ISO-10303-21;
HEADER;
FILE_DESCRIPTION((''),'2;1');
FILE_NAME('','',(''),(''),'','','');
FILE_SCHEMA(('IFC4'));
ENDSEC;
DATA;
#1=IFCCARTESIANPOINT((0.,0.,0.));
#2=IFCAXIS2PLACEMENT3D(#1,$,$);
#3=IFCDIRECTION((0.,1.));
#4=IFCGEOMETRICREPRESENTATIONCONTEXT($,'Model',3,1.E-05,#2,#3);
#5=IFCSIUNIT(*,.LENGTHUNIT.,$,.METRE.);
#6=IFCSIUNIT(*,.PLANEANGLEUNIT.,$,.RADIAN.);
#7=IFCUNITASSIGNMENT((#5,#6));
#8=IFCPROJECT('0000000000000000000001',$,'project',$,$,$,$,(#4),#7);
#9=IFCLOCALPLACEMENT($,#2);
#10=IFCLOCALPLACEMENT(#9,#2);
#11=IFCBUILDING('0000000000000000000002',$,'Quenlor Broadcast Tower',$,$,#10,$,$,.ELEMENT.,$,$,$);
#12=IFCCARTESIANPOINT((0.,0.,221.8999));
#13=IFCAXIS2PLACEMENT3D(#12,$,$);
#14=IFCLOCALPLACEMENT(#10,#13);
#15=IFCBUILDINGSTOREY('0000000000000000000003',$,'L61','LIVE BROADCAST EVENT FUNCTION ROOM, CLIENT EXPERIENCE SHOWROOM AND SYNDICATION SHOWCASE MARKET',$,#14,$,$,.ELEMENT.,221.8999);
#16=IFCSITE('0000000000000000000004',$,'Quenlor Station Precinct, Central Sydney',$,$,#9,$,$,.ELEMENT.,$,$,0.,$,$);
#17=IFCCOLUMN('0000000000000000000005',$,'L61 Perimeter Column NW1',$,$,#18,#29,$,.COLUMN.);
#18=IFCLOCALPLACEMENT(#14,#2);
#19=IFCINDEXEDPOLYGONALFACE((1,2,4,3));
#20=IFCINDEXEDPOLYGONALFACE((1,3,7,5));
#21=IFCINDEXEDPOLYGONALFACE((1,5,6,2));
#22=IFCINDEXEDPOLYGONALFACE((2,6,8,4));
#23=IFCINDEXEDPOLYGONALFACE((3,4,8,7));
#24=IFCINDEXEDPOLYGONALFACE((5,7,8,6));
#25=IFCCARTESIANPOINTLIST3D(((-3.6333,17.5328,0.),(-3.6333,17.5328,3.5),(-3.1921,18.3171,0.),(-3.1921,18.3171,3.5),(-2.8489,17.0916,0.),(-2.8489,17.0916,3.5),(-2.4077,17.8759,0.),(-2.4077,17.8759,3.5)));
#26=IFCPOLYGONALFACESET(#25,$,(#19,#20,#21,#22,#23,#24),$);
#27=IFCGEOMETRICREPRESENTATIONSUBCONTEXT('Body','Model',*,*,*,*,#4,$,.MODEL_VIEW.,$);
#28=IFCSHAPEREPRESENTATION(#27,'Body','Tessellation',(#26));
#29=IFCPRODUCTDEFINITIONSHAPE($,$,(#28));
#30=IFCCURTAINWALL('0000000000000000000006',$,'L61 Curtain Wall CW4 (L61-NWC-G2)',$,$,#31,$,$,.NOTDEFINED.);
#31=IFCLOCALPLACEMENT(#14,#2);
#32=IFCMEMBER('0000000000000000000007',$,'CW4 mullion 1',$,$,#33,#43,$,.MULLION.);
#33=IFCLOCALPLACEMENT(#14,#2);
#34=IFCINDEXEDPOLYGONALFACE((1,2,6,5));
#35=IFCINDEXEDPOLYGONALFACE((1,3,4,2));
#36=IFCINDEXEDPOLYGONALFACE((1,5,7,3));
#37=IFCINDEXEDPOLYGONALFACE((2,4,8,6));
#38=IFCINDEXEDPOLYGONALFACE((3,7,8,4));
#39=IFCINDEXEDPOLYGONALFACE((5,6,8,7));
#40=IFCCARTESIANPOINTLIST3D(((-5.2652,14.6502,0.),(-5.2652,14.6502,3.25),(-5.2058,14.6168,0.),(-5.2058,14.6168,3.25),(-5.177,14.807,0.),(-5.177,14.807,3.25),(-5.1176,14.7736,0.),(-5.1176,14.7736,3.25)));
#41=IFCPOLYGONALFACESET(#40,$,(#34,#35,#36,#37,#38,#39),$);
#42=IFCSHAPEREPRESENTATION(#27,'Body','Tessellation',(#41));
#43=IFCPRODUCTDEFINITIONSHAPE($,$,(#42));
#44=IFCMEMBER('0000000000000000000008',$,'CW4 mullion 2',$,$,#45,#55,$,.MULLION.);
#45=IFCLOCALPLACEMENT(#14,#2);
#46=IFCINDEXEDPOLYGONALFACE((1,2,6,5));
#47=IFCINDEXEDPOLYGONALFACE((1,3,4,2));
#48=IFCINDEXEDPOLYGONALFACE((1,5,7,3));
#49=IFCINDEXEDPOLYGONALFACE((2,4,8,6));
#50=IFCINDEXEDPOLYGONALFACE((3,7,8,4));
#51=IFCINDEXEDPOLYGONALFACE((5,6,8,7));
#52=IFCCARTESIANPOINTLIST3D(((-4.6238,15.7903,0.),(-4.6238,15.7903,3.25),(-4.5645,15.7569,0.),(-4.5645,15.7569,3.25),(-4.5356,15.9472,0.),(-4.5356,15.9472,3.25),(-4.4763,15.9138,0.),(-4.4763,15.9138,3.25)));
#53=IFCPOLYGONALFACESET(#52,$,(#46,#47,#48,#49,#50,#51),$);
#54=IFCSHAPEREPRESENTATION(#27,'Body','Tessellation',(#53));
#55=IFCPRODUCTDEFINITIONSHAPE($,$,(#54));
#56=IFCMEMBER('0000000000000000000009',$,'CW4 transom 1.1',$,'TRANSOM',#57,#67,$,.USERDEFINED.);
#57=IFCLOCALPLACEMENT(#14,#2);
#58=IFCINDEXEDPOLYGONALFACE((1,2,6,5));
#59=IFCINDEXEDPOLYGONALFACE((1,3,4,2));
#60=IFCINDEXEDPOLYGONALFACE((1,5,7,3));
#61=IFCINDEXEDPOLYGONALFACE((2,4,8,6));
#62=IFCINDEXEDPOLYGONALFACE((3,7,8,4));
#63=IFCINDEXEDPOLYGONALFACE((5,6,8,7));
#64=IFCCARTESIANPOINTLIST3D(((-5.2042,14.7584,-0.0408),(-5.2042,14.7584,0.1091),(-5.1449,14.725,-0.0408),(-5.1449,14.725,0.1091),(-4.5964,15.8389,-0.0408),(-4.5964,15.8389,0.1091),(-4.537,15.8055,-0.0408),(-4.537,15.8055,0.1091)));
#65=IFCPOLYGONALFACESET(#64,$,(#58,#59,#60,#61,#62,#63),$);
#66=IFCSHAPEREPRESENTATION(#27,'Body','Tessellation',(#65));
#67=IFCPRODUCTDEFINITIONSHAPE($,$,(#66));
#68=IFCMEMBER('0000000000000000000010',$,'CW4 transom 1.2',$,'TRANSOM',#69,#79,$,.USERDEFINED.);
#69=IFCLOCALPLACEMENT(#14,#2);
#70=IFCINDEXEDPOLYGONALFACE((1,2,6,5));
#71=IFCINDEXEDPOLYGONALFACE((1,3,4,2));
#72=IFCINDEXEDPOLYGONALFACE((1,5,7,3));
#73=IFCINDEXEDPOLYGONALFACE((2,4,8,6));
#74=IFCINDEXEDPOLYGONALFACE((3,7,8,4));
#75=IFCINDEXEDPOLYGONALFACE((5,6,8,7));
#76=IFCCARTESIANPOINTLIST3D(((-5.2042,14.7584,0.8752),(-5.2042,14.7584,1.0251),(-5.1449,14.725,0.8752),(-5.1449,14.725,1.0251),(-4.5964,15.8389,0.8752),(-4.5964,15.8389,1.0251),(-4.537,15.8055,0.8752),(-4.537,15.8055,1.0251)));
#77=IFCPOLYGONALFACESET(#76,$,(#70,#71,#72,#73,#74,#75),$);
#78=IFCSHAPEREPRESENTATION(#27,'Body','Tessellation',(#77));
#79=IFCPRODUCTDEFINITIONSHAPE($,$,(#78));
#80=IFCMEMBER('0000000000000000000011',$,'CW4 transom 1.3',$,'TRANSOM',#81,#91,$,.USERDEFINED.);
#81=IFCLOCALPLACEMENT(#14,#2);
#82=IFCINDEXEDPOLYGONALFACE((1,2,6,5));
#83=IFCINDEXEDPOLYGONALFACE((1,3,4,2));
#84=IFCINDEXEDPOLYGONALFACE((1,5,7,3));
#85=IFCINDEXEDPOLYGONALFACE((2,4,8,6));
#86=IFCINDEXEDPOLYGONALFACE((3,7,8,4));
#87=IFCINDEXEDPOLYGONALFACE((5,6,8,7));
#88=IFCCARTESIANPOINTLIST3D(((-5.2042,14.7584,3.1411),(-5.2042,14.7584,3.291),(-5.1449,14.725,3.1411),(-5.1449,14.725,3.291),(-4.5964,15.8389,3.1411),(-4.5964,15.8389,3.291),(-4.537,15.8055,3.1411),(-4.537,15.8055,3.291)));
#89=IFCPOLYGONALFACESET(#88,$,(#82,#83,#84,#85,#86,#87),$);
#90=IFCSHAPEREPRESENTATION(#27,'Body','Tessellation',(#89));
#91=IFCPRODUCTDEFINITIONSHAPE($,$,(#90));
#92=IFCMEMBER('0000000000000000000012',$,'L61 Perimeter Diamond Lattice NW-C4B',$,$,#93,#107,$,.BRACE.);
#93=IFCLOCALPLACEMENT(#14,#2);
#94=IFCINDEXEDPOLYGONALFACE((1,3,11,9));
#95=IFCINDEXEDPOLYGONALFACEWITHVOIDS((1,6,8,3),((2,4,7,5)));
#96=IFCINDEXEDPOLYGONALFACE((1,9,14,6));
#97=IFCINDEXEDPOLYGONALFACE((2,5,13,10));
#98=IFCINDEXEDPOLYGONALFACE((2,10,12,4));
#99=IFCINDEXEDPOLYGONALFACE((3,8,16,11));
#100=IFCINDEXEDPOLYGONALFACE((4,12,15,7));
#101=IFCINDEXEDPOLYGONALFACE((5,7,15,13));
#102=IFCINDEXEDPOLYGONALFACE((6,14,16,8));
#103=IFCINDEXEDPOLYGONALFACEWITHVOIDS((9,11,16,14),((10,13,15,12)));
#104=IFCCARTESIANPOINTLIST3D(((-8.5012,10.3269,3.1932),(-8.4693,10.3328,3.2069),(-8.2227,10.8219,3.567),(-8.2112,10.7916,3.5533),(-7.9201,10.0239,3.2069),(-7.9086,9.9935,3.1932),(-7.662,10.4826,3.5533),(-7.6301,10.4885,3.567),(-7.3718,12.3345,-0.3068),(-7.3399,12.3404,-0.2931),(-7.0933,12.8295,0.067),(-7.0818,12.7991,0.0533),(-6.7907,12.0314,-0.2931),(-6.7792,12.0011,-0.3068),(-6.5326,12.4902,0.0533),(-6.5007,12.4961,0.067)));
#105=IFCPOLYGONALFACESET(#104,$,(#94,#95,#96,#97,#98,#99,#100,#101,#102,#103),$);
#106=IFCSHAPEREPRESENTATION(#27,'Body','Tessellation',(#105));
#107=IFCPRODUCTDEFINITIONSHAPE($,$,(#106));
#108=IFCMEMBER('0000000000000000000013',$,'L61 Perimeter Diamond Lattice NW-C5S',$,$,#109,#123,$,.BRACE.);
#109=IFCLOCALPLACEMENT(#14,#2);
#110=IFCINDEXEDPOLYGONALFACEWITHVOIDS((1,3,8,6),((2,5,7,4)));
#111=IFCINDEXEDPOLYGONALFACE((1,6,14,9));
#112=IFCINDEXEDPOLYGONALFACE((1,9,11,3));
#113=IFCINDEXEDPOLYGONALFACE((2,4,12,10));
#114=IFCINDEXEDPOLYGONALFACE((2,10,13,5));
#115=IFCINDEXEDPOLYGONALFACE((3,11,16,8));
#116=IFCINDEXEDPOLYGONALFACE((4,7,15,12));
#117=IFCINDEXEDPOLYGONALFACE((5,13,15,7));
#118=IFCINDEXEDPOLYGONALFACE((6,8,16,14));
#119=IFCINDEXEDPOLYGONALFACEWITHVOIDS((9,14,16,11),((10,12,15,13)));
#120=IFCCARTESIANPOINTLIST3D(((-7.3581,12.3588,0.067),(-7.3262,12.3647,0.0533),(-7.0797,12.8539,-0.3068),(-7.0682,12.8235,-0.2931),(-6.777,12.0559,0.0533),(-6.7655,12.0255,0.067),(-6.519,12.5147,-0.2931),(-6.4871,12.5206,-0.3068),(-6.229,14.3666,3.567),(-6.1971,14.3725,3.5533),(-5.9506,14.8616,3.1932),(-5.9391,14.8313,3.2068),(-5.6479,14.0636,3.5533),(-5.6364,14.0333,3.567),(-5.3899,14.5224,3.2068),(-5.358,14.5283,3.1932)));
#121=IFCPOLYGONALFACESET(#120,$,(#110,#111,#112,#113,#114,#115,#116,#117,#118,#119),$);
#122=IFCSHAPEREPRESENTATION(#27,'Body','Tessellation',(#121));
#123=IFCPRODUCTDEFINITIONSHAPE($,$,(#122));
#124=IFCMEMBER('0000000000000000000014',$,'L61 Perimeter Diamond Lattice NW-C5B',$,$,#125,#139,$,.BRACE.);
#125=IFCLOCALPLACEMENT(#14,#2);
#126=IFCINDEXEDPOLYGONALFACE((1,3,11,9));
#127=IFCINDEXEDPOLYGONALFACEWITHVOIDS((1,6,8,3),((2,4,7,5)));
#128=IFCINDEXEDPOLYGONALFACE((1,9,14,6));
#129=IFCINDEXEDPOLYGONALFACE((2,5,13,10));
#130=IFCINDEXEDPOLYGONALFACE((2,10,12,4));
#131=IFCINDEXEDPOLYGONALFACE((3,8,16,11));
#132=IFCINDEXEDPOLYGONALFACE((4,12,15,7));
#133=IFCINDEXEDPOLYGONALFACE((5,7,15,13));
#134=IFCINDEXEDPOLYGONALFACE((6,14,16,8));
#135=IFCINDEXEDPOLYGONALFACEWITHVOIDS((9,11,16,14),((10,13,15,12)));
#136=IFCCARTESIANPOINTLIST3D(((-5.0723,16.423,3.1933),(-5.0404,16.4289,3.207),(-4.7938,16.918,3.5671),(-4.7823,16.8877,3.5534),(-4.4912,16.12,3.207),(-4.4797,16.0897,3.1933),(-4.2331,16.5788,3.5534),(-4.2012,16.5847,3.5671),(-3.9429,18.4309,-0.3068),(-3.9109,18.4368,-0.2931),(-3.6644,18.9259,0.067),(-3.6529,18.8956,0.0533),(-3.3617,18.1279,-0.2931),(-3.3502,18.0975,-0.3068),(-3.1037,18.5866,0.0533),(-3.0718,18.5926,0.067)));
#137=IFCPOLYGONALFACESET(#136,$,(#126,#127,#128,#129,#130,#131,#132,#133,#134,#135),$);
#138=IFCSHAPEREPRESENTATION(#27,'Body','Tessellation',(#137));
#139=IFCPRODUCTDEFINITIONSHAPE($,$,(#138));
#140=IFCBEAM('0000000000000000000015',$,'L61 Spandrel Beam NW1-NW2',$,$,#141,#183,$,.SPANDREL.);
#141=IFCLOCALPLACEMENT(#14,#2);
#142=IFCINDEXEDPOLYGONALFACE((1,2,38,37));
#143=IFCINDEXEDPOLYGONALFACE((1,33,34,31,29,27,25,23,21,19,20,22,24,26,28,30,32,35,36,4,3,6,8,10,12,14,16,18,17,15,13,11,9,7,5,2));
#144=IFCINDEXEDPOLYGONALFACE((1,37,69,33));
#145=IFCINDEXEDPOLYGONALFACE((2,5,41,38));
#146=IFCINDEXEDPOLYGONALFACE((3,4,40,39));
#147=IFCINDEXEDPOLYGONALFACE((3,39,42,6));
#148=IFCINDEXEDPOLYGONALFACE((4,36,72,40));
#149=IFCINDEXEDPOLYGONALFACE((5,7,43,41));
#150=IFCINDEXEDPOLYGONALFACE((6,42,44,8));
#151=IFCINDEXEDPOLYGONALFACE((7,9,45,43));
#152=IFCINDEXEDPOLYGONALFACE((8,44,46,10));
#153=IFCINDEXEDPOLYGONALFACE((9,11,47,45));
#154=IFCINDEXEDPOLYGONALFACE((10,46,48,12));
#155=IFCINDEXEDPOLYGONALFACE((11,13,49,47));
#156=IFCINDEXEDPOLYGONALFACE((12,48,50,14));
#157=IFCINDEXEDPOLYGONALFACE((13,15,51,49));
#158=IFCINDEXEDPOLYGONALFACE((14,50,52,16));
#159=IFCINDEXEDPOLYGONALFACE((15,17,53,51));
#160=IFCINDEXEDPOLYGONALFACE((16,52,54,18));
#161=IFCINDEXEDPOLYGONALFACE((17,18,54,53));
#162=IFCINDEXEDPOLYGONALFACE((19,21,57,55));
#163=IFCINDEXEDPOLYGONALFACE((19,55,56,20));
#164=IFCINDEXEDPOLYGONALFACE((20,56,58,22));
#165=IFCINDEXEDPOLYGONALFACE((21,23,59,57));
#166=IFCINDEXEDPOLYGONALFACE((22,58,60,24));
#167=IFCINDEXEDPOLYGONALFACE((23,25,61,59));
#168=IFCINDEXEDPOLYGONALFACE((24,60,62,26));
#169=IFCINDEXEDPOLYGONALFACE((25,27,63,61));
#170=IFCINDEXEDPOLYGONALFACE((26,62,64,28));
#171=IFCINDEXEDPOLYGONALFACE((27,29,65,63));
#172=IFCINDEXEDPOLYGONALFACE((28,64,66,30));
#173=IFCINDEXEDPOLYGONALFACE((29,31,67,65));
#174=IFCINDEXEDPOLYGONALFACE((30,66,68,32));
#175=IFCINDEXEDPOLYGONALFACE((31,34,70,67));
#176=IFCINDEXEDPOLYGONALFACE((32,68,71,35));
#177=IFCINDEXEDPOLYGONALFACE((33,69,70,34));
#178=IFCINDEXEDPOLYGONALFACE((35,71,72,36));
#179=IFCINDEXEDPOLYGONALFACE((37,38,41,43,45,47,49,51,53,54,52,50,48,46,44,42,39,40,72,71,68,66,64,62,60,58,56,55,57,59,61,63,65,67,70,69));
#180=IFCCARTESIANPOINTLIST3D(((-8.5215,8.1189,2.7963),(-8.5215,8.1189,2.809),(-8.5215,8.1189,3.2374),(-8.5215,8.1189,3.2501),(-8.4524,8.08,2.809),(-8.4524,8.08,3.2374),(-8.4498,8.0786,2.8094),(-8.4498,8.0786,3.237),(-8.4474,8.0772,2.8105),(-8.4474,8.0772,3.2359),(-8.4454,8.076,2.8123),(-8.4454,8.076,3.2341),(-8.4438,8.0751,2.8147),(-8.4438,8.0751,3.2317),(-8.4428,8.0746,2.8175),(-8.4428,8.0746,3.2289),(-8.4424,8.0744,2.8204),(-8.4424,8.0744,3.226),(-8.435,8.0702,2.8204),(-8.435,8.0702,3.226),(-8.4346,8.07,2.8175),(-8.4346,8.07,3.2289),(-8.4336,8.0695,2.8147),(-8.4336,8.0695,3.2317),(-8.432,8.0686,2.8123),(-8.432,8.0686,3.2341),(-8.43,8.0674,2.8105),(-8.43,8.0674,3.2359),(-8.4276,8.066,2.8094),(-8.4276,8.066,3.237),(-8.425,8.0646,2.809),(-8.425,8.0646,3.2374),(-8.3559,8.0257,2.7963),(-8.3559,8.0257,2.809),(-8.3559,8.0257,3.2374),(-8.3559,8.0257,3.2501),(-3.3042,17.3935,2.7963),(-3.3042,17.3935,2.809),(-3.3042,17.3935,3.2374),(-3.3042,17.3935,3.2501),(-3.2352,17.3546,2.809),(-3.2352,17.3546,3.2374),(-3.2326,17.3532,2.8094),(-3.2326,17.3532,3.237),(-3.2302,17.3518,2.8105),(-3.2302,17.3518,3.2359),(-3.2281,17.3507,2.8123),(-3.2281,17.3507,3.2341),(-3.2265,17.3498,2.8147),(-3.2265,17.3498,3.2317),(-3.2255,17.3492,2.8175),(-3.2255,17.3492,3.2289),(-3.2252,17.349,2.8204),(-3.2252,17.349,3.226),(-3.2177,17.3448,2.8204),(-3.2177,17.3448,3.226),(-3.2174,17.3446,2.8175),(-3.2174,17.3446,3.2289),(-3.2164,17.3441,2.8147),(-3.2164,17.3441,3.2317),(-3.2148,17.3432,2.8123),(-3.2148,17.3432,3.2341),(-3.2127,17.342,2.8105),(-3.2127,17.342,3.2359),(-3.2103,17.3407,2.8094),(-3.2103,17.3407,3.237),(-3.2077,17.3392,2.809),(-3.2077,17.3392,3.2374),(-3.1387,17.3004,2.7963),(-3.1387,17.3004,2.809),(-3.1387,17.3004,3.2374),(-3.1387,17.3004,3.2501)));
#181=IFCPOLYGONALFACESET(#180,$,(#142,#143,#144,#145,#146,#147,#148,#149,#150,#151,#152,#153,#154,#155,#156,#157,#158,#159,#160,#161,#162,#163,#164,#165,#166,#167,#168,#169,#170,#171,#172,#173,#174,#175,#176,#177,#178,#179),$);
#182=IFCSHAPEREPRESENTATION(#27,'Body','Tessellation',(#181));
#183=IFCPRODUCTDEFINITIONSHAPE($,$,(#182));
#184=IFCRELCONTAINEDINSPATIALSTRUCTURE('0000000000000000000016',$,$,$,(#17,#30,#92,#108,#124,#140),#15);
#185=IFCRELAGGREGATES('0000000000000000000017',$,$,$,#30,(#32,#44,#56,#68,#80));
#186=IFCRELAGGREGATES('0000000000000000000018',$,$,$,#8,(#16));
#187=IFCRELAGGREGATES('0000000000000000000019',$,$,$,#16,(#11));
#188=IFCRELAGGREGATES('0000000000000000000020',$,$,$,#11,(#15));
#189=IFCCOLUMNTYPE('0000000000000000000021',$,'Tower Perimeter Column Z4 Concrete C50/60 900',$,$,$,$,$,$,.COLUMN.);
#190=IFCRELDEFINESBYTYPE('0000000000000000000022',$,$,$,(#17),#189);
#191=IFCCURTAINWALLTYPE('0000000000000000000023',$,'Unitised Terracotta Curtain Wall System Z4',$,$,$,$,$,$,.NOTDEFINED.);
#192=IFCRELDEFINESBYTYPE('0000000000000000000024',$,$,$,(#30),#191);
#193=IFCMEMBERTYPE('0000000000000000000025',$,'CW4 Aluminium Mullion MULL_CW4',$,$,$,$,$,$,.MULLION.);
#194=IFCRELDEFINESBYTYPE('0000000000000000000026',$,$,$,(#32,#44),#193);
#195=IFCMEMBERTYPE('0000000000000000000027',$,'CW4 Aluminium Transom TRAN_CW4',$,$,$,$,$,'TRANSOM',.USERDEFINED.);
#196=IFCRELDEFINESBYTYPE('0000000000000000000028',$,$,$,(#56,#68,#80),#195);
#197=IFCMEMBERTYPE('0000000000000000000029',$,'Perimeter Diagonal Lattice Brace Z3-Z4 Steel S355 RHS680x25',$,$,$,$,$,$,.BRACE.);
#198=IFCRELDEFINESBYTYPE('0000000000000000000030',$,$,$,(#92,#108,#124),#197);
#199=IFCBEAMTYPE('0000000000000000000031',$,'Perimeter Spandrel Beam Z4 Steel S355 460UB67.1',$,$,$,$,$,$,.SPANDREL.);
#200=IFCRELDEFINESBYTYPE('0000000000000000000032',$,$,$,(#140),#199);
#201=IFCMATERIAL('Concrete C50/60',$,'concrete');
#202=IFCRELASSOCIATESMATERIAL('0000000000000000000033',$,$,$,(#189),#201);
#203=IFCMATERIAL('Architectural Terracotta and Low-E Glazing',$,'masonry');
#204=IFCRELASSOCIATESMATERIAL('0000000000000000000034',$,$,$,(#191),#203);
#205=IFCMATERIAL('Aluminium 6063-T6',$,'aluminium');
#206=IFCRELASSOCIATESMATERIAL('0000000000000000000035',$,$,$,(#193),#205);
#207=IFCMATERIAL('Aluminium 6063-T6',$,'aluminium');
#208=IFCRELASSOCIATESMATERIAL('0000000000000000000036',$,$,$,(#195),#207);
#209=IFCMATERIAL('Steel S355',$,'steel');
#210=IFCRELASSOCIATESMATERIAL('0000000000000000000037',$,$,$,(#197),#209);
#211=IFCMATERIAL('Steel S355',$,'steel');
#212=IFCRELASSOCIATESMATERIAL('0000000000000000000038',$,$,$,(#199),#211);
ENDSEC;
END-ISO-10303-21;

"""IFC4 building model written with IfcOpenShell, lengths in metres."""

from ifc_helpers import new_model, si_unit, direction, frame, origin, origin_2d, place, context, subcontext, project, spatial, rectangle, hollow_rectangle, i_section, extrude, material, material_profile, profile_set, type_object, element, aggregate, save


model = new_model("IFC4")

# Units and contexts
model_context = context("Model", 3, precision=1e-05, world=origin(), true_north=direction((0.0, 1.0)))
body_context = subcontext(model_context, "Body", "Model", "MODEL_VIEW")
ifc_project = project(units=[si_unit("LENGTHUNIT", "METRE"), si_unit("PLANEANGLEUNIT", "RADIAN")], contexts=[model_context])

# Site, building, storey
site_placement = place(None, origin())
site = spatial("IfcSite", under=ifc_project, at=site_placement, Name="Quenlor Station Precinct, Central Sydney", CompositionType="ELEMENT", RefElevation=0.0)
building_placement = place(site_placement, origin())
building = spatial("IfcBuilding", under=site, at=building_placement, Name="Quenlor Broadcast Tower", CompositionType="ELEMENT")
storey_placement = place(building_placement, frame((0.0, 0.0, 221.8999)))
storey = spatial("IfcBuildingStorey", under=building, at=storey_placement, Name="L61", Description="LIVE BROADCAST EVENT FUNCTION ROOM, CLIENT EXPERIENCE SHOWROOM AND SYNDICATION SHOWCASE MARKET", CompositionType="ELEMENT", Elevation=221.8999)

# Column
ifc_material_1 = material(Name="Concrete C50/60", Category="concrete")
ifc_material_profile_1 = material_profile(ifc_material_1, rectangle(XDim=0.8999, YDim=0.8999, at=origin_2d()))
ifc_profile_set_1 = profile_set([ifc_material_profile_1], Name="Concrete C50/60 RC900x900")
column_type = type_object("IfcColumnType", Name="Tower Perimeter Column Z4 Concrete C50/60 900", PredefinedType="COLUMN", material=ifc_profile_set_1)
column_placement = place(storey_placement, frame((-3.0205, 17.7043, 0.0), z_axis=(0.0, 0.0, 1.0), x_axis=(-0.871575, 0.490262, 0.0)))
element("IfcColumn", 1, at=column_placement, inside=storey, type_object=column_type, Name="L61 Perimeter Column NW1", PredefinedType="COLUMN", context=body_context, shape_type="SweptSolid", body=[
    extrude(rectangle(XDim=0.8999, YDim=0.8999, at=origin_2d()), origin(), (0.0, 0.0, 1.0), 3.5),
])

# Curtain wall, members
ifc_material_2 = material(Name="Architectural Terracotta and Low-E Glazing", Category="masonry")
curtain_wall_type = type_object("IfcCurtainWallType", Name="Unitised Terracotta Curtain Wall System Z4", PredefinedType="NOTDEFINED", material=ifc_material_2)
curtain_wall_placement = place(storey_placement, origin())
curtain_wall = element("IfcCurtainWall", 2, at=curtain_wall_placement, inside=storey, type_object=curtain_wall_type, Name="L61 Curtain Wall CW4 (L61-NWC-G2)", PredefinedType="NOTDEFINED")
ifc_material_3 = material(Name="Aluminium 6063-T6", Category="aluminium")
ifc_material_profile_2 = material_profile(ifc_material_3, rectangle(XDim=0.0681, YDim=0.1799, at=origin_2d()))
ifc_profile_set_2 = profile_set([ifc_material_profile_2], Name="Aluminium 6063-T6 MULL68x180")
member_type_1 = type_object("IfcMemberType", Name="CW4 Aluminium Mullion MULL_CW4", PredefinedType="MULLION", material=ifc_profile_set_2)
member_1_placement = place(storey_placement, frame((-5.1914, 14.7119, 0.0), z_axis=(0.0, 0.0, 1.0), x_axis=(-0.87156, 0.490289, 0.0)))
member_1 = element("IfcMember", 3, at=member_1_placement, type_object=member_type_1, Name="CW4 mullion 1", PredefinedType="MULLION", context=body_context, shape_type="SweptSolid", body=[
    extrude(rectangle(XDim=0.0681, YDim=0.1799, at=origin_2d()), origin(), (0.0, 0.0, 1.0), 3.25),
])
member_2_placement = place(storey_placement, frame((-4.55, 15.8521, 0.0), z_axis=(0.0, 0.0, 1.0), x_axis=(-0.87156, 0.490289, 0.0)))
member_2 = element("IfcMember", 4, at=member_2_placement, type_object=member_type_1, Name="CW4 mullion 2", PredefinedType="MULLION", context=body_context, shape_type="SweptSolid", body=[
    extrude(rectangle(XDim=0.0681, YDim=0.1799, at=origin_2d()), origin(), (0.0, 0.0, 1.0), 3.25),
])
ifc_material_4 = material(Name="Aluminium 6063-T6", Category="aluminium")
ifc_material_profile_3 = material_profile(ifc_material_4, rectangle(XDim=0.0681, YDim=0.1499, at=origin_2d()))
ifc_profile_set_3 = profile_set([ifc_material_profile_3], Name="Aluminium 6063-T6 TRAN68x150")
member_type_2 = type_object("IfcMemberType", Name="CW4 Aluminium Transom TRAN_CW4", ElementType="TRANSOM", PredefinedType="USERDEFINED", material=ifc_profile_set_3)
member_3_placement = place(storey_placement, frame((-5.1746, 14.7417, 0.0342), z_axis=(0.490317, 0.871544, 0.0), x_axis=(-0.871544, 0.490317, 0.0)))
member_3 = element("IfcMember", 5, at=member_3_placement, type_object=member_type_2, Name="CW4 transom 1.1", ObjectType="TRANSOM", PredefinedType="USERDEFINED", context=body_context, shape_type="SweptSolid", body=[
    extrude(rectangle(XDim=0.0681, YDim=0.1499, at=origin_2d()), origin(), (0.0, 0.0, 1.0), 1.2397),
])
member_4_placement = place(storey_placement, frame((-5.1746, 14.7417, 0.9502), z_axis=(0.490317, 0.871544, 0.0), x_axis=(-0.871544, 0.490317, 0.0)))
member_4 = element("IfcMember", 6, at=member_4_placement, type_object=member_type_2, Name="CW4 transom 1.2", ObjectType="TRANSOM", PredefinedType="USERDEFINED", context=body_context, shape_type="SweptSolid", body=[
    extrude(rectangle(XDim=0.0681, YDim=0.1499, at=origin_2d()), origin(), (0.0, 0.0, 1.0), 1.2397),
])
member_5_placement = place(storey_placement, frame((-5.1746, 14.7417, 3.2161), z_axis=(0.490317, 0.871544, 0.0), x_axis=(-0.871544, 0.490317, 0.0)))
member_5 = element("IfcMember", 7, at=member_5_placement, type_object=member_type_2, Name="CW4 transom 1.3", ObjectType="TRANSOM", PredefinedType="USERDEFINED", context=body_context, shape_type="SweptSolid", body=[
    extrude(rectangle(XDim=0.0681, YDim=0.1499, at=origin_2d()), origin(), (0.0, 0.0, 1.0), 1.2397),
])

# Members
ifc_material_5 = material(Name="Steel S355", Category="steel")
ifc_material_profile_4 = material_profile(ifc_material_5, hollow_rectangle(XDim=0.6799, YDim=0.6799, WallThickness=0.0249, at=origin_2d()))
ifc_profile_set_4 = profile_set([ifc_material_profile_4], Name="Steel S355 RHS680x680x25")
member_type_3 = type_object("IfcMemberType", Name="Perimeter Diagonal Lattice Brace Z3-Z4 Steel S355 RHS680x25", PredefinedType="BRACE", material=ifc_profile_set_4)
for number, where, z_axis, x_axis, name in (
    (8, (-6.9363, 12.4153, -0.1199), (-0.269547, -0.479136, 0.835328), (0.87155, -0.490307, 0.0), "L61 Perimeter Diamond Lattice NW-C4B"),
    (9, (-6.9226, 12.4397, -0.1199), (0.269485, 0.479189, 0.835318), (-0.871621, 0.490181, 0.0), "L61 Perimeter Diamond Lattice NW-C5S"),
):
    element("IfcMember", number, at=place(storey_placement, frame(where, z_axis=z_axis, x_axis=x_axis)), inside=storey, type_object=member_type_3, Name=name, PredefinedType="BRACE", context=body_context, shape_type="SweptSolid", body=[
        extrude(hollow_rectangle(XDim=0.6799, YDim=0.6799, WallThickness=0.0249, at=origin_2d()), origin(), (0.0, 0.0, 1.0), 4.1899),
    ])
member_6_placement = place(storey_placement, frame((-3.5073, 18.5117, -0.1199), z_axis=(-0.26954, -0.479181, 0.835305), x_axis=(0.871576, -0.490261, 0.0)))
element("IfcMember", 10, at=member_6_placement, inside=storey, type_object=member_type_3, Name="L61 Perimeter Diamond Lattice NW-C5B", PredefinedType="BRACE", context=body_context, shape_type="SweptSolid", body=[
    extrude(hollow_rectangle(XDim=0.6799, YDim=0.6799, WallThickness=0.0249, at=origin_2d()), origin(), (0.0, 0.0, 1.0), 4.1902),
])

# Beam
ifc_material_6 = material(Name="Steel S355", Category="steel")
ifc_material_profile_5 = material_profile(ifc_material_6, i_section(OverallWidth=0.1899, OverallDepth=0.4539, WebThickness=0.0085, FlangeThickness=0.0127, FilletRadius=0.0115, at=origin_2d()))
ifc_profile_set_5 = profile_set([ifc_material_profile_5], Name="Steel S355 460UB67.1")
beam_type_1 = type_object("IfcBeamType", Name="Perimeter Spandrel Beam Z4 Steel S355 460UB67.1", PredefinedType="SPANDREL", material=ifc_profile_set_5)
beam_1_placement = place(storey_placement, frame((-3.2214, 17.3469, 3.0232), z_axis=(-0.490282, -0.871564, 0.0), x_axis=(0.871564, -0.490282, 0.0)))
element("IfcBeam", 11, at=beam_1_placement, inside=storey, type_object=beam_type_1, Name="L61 Spandrel Beam NW1-NW2", PredefinedType="SPANDREL", context=body_context, shape_type="SweptSolid", body=[
    extrude(i_section(OverallWidth=0.1899, OverallDepth=0.4539, WebThickness=0.0085, FlangeThickness=0.0127, FilletRadius=0.0115, at=origin_2d()), origin(), (0.0, 0.0, 1.0), 10.6414),
])

aggregate(curtain_wall, [member_1, member_2, member_3, member_4, member_5])

save(model, "model.ifc")
